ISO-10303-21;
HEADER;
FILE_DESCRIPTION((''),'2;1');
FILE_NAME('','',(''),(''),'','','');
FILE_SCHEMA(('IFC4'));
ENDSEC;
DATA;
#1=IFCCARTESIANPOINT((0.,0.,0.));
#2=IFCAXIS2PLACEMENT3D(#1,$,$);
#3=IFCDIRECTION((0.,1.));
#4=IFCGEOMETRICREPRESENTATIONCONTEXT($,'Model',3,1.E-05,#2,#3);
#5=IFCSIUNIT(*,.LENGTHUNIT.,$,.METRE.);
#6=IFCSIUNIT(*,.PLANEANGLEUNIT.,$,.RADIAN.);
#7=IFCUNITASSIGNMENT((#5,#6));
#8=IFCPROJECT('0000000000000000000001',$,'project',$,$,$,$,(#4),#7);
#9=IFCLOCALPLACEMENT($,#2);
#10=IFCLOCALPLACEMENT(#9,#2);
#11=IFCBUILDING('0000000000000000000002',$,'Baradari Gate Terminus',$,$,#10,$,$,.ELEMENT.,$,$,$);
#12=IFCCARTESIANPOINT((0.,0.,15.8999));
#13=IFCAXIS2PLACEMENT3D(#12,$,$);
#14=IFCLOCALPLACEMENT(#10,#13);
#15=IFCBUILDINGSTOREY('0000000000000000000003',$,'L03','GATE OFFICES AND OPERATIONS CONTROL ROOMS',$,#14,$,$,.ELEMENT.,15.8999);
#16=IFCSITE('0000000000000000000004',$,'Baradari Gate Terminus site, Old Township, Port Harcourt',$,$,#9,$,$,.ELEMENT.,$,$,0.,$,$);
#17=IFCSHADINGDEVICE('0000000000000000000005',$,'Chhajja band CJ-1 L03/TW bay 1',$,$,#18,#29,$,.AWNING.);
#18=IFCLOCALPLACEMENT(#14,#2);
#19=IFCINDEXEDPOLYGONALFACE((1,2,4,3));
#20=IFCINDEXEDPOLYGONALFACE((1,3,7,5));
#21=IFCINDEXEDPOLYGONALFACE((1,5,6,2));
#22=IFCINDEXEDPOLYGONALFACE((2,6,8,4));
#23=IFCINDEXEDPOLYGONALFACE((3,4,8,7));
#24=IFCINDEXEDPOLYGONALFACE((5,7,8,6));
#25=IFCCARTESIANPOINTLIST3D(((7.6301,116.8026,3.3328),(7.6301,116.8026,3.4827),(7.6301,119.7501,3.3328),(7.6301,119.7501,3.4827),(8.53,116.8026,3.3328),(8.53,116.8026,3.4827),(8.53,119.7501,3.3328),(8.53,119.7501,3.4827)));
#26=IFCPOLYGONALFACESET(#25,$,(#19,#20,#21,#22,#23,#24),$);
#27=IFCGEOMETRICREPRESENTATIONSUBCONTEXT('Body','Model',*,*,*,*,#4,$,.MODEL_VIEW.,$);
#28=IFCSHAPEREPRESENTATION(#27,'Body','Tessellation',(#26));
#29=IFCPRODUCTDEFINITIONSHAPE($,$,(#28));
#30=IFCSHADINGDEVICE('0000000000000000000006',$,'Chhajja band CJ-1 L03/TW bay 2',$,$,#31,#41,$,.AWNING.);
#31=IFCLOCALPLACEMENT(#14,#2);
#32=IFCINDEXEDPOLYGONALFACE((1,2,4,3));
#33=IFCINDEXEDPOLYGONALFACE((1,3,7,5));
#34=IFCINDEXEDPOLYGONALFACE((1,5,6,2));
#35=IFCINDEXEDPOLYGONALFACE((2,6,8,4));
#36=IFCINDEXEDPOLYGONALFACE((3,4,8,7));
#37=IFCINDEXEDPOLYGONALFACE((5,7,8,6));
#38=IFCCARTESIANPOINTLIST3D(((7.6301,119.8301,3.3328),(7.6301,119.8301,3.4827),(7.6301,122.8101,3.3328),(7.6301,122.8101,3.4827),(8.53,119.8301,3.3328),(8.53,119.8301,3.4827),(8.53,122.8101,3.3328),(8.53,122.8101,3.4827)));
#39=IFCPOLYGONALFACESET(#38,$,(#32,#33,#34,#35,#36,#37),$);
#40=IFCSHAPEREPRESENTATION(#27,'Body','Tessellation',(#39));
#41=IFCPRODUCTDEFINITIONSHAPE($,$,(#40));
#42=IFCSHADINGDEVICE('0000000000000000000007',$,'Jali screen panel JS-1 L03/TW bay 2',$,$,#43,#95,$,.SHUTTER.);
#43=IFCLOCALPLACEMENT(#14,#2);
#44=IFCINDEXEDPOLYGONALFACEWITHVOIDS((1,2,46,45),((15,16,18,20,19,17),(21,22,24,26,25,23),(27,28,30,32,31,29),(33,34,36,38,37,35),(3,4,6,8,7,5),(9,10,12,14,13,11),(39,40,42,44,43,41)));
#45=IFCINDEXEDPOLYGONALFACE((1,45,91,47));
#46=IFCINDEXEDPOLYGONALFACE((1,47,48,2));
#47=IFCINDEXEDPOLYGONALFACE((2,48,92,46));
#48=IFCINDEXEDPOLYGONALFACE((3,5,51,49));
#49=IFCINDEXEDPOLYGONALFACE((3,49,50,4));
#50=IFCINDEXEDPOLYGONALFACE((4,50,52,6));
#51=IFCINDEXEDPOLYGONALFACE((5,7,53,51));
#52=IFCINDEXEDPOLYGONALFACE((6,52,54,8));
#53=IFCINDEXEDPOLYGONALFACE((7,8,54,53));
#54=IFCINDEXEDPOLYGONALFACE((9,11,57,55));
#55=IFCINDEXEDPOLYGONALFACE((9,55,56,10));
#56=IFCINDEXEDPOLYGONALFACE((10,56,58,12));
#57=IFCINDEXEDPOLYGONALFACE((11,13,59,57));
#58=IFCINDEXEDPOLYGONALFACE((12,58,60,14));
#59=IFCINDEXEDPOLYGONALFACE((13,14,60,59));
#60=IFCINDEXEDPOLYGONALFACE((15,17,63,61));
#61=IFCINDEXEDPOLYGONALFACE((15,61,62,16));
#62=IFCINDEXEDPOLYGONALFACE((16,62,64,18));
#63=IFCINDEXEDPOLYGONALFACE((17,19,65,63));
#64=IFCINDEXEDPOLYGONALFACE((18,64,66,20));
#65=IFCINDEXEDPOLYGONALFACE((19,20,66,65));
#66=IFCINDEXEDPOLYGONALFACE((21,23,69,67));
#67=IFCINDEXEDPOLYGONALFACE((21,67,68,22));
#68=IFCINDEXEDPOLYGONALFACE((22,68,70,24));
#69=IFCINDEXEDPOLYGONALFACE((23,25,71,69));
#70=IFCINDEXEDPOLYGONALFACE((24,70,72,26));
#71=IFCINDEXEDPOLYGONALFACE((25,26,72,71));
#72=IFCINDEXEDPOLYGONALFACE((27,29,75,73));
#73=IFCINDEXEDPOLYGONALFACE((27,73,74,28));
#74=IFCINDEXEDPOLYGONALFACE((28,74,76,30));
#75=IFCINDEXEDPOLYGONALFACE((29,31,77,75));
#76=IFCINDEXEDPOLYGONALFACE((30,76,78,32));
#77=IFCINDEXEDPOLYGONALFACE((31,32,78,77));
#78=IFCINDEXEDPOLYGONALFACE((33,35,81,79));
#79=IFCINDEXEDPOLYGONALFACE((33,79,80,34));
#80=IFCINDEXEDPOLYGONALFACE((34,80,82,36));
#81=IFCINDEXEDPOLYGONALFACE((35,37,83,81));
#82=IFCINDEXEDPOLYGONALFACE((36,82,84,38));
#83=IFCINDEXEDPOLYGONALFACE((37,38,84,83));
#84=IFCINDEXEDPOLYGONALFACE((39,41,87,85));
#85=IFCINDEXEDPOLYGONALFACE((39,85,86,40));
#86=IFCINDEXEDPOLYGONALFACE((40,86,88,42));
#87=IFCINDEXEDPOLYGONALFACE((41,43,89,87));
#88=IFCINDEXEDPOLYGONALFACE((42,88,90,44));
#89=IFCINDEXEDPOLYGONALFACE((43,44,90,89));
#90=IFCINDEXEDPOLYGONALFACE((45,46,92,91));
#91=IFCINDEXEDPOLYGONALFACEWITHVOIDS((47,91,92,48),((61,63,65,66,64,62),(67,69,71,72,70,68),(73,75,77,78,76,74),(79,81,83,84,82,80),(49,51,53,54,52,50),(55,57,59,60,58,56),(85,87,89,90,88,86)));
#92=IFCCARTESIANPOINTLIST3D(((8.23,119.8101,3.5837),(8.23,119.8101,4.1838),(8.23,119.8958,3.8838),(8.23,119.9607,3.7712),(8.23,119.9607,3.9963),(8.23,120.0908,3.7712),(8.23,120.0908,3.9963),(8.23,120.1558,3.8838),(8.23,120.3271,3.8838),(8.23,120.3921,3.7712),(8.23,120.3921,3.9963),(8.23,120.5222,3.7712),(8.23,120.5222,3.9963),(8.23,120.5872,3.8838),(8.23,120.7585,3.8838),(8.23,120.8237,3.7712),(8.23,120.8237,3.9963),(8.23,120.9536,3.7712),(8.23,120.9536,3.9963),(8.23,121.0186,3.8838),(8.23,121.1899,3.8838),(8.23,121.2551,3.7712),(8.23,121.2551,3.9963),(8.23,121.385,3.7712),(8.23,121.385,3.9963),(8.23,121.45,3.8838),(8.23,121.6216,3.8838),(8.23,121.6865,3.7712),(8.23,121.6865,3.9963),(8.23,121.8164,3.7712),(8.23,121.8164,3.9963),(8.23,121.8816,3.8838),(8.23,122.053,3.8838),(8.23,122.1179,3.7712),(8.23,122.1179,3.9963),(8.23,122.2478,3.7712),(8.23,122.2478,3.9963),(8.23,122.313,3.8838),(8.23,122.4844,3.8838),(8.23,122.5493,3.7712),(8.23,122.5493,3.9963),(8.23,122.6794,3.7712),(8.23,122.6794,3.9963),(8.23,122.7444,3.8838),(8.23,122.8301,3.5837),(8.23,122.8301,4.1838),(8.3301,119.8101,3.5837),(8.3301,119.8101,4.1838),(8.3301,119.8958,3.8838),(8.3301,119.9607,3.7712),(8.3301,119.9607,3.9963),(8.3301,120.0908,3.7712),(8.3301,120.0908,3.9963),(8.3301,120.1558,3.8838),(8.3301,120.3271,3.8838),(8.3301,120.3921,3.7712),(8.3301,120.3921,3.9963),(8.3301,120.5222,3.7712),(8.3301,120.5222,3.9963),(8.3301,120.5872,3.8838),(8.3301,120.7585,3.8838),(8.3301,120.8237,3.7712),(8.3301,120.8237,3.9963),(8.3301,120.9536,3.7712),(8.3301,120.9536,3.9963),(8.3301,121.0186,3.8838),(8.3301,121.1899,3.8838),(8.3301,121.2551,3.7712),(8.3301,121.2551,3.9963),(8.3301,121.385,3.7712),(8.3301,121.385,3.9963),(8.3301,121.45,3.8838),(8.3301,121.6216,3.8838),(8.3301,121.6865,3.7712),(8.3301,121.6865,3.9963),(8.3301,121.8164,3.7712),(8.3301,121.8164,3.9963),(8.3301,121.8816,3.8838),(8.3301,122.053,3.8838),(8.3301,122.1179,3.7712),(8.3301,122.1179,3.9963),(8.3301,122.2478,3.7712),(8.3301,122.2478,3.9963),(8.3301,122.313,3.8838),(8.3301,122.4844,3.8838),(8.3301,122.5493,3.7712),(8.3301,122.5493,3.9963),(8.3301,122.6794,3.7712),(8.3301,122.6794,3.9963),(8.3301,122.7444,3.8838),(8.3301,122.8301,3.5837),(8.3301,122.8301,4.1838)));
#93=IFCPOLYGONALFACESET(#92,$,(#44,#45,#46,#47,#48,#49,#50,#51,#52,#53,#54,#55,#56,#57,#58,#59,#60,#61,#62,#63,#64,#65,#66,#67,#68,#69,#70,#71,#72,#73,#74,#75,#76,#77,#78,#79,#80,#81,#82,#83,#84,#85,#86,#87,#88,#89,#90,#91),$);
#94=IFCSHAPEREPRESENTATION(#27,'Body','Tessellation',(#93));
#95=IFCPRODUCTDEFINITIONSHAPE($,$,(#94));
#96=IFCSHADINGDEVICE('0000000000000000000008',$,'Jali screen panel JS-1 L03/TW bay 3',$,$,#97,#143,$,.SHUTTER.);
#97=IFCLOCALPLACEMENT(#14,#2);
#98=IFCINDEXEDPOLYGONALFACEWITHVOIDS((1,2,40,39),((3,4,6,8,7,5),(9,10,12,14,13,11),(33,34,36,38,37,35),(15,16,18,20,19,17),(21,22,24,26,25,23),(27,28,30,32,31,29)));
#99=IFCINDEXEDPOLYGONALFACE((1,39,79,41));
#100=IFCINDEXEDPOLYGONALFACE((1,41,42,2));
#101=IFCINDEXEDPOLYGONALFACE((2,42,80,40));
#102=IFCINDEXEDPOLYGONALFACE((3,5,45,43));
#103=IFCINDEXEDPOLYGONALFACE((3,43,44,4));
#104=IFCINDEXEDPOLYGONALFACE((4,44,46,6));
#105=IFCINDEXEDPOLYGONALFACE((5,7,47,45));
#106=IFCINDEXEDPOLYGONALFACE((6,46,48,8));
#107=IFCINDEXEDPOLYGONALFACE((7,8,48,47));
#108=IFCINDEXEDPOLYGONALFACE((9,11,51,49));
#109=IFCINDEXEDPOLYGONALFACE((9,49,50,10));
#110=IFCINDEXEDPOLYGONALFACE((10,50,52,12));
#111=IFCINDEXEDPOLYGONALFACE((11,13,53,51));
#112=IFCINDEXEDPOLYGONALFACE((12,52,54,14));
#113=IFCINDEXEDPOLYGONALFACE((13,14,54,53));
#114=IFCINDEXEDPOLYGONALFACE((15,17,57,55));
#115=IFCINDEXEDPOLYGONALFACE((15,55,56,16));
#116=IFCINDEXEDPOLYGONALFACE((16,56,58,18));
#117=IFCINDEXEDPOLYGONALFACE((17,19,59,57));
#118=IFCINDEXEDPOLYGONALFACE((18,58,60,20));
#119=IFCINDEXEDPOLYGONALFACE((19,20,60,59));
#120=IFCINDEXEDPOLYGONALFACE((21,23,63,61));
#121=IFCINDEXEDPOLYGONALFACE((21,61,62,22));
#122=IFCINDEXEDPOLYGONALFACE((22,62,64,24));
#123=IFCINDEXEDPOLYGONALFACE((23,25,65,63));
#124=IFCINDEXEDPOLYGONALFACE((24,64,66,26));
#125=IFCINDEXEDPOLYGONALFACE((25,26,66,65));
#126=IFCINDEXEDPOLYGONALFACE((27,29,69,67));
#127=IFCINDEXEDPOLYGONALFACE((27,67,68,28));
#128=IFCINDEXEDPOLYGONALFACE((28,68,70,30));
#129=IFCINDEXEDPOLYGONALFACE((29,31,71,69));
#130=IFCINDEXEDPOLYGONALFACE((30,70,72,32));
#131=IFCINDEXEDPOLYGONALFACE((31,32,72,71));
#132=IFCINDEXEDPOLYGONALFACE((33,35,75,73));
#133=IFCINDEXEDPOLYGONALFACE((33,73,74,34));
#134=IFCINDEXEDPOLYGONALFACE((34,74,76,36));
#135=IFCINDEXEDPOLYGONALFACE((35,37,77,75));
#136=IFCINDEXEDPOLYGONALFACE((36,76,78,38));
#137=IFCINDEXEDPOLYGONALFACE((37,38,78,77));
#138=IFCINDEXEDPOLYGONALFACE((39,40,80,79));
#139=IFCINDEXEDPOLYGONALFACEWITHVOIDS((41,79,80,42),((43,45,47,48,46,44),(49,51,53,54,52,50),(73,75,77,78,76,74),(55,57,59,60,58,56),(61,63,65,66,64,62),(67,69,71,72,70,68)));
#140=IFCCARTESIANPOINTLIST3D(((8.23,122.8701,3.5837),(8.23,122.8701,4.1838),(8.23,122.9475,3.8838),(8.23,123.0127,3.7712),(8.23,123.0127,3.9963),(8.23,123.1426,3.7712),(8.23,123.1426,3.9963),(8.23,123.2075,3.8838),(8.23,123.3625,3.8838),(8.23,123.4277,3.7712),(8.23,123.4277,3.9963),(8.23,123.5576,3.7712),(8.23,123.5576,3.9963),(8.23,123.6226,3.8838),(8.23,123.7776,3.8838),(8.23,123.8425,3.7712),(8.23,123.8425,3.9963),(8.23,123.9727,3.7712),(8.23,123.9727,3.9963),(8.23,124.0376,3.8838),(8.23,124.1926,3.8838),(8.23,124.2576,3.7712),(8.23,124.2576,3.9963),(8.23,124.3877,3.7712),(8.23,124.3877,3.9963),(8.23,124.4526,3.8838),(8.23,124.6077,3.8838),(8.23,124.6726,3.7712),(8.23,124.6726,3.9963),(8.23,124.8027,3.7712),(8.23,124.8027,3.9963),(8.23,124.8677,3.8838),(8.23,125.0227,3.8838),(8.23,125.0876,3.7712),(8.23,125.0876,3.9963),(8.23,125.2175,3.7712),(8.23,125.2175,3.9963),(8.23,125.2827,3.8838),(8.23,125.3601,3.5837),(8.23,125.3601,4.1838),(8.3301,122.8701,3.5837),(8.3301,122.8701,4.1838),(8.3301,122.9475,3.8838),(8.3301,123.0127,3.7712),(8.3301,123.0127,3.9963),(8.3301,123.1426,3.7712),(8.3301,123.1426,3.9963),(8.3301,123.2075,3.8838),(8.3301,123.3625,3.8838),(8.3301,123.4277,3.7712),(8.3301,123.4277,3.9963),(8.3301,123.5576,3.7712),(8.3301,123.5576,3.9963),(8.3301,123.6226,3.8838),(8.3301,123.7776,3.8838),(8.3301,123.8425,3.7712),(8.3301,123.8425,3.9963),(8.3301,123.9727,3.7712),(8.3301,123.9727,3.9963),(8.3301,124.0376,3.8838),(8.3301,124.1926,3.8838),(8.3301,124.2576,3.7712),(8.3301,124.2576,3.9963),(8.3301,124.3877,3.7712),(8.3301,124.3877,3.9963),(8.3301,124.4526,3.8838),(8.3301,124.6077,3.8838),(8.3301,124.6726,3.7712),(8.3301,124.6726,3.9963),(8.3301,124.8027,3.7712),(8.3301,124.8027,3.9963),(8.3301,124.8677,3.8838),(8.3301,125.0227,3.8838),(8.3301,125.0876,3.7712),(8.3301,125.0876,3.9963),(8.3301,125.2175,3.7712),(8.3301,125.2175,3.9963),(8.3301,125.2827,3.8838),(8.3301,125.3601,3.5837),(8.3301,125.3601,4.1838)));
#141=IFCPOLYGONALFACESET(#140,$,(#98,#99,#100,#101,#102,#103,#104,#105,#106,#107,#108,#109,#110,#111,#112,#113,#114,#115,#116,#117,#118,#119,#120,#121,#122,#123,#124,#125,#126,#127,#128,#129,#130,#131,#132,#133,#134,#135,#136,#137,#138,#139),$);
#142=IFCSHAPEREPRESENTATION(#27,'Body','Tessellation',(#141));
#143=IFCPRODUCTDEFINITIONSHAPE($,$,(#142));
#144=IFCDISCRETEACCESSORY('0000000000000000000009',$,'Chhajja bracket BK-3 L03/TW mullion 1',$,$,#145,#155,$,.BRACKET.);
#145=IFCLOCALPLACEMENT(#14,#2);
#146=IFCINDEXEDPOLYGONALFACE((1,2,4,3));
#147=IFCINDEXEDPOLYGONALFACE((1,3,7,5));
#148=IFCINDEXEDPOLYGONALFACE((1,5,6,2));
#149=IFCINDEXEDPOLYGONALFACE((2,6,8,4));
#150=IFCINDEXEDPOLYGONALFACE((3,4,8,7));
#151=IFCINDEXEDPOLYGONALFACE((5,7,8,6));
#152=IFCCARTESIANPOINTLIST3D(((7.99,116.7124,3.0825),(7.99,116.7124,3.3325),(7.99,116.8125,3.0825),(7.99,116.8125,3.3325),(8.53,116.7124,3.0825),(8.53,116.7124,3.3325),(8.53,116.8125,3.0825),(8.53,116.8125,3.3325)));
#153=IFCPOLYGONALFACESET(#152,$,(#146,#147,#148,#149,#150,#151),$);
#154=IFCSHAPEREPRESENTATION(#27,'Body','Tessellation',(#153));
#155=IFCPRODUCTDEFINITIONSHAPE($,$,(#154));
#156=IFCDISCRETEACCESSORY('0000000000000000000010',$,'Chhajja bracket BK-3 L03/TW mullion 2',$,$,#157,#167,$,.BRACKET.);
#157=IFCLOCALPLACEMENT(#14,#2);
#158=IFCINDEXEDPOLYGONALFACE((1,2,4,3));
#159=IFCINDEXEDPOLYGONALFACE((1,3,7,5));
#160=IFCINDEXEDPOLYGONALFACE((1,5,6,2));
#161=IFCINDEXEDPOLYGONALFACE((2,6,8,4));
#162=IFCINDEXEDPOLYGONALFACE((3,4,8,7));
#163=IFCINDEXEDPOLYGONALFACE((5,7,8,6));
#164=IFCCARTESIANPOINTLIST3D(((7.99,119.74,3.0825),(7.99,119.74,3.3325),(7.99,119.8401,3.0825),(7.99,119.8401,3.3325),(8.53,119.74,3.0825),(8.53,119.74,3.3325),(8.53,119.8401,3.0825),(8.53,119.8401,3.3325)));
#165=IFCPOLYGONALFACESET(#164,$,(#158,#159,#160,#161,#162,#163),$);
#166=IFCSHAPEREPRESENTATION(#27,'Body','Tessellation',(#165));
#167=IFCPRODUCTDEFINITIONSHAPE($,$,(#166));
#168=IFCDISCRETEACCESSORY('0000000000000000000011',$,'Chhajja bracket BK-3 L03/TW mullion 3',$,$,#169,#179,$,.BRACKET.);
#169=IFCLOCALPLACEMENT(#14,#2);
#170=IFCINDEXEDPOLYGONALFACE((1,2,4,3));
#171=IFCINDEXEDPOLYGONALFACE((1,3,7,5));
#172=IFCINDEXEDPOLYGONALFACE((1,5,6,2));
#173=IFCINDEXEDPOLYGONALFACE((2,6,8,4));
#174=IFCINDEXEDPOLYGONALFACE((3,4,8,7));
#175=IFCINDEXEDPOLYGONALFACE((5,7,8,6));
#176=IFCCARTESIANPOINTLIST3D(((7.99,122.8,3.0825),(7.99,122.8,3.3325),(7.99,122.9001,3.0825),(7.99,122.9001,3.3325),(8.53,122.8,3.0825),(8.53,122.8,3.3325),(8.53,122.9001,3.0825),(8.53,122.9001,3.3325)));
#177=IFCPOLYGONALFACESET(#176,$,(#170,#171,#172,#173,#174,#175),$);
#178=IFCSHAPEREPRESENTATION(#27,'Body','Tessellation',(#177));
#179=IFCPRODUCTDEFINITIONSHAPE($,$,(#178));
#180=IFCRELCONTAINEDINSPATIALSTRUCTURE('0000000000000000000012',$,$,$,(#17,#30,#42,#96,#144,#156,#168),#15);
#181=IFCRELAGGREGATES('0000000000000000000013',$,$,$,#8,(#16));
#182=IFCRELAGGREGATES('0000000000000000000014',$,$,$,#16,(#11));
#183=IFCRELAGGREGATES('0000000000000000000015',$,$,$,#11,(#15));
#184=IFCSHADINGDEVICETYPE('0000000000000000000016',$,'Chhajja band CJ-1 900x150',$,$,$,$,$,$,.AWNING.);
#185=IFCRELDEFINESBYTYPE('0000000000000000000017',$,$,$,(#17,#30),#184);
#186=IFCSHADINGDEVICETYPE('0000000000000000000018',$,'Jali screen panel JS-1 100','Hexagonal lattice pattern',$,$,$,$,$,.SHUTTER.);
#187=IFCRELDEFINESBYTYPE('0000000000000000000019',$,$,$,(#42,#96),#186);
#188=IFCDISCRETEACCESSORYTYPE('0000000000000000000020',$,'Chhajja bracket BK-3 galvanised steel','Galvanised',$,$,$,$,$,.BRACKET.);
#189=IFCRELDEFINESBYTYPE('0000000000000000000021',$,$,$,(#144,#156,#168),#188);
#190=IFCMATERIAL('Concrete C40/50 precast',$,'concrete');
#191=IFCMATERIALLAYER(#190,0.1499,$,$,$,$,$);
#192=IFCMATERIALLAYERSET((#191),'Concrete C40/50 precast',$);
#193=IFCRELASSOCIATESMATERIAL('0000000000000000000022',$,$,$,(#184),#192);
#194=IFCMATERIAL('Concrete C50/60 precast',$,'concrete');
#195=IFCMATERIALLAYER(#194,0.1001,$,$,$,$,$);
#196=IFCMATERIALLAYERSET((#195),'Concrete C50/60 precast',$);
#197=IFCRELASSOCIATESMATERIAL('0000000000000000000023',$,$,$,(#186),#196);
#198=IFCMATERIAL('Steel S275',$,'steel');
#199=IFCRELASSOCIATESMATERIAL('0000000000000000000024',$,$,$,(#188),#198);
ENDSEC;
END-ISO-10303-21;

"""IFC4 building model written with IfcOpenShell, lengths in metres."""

from ifc_helpers import new_model, si_unit, direction, frame, origin, origin_2d, place, context, subcontext, project, spatial, polyline, rectangle, outline, extrude, material, layer, layer_set, type_object, element, save


model = new_model("IFC4")

# Units and contexts
model_context = context("Model", 3, precision=1e-05, world=origin(), true_north=direction((0.0, 1.0)))
body_context = subcontext(model_context, "Body", "Model", "MODEL_VIEW")
ifc_project = project(units=[si_unit("LENGTHUNIT", "METRE"), si_unit("PLANEANGLEUNIT", "RADIAN")], contexts=[model_context])

# Site, building, storey
site_placement = place(None, origin())
site = spatial("IfcSite", under=ifc_project, at=site_placement, Name="Baradari Gate Terminus site, Old Township, Port Harcourt", CompositionType="ELEMENT", RefElevation=0.0)
building_placement = place(site_placement, origin())
building = spatial("IfcBuilding", under=site, at=building_placement, Name="Baradari Gate Terminus", CompositionType="ELEMENT")
storey_placement = place(building_placement, frame((0.0, 0.0, 15.8999)))
storey = spatial("IfcBuildingStorey", under=building, at=storey_placement, Name="L03", Description="GATE OFFICES AND OPERATIONS CONTROL ROOMS", CompositionType="ELEMENT", Elevation=15.8999)

# Shading devices
ifc_material_1 = material(Name="Concrete C40/50 precast", Category="concrete")
ifc_layer_1 = layer(ifc_material_1, 0.1499)
ifc_layer_set_1 = layer_set([ifc_layer_1], Name="Concrete C40/50 precast")
shading_device_type_1 = type_object("IfcShadingDeviceType", Name="Chhajja band CJ-1 900x150", PredefinedType="AWNING", material=ifc_layer_set_1)
shading_device_1_placement = place(storey_placement, frame((8.0801, 118.2764, 3.3328), z_axis=(0.0, 0.0, 1.0), x_axis=(0.0, 1.0, 0.0)))
element("IfcShadingDevice", 1, at=shading_device_1_placement, inside=storey, type_object=shading_device_type_1, Name="Chhajja band CJ-1 L03/TW bay 1", PredefinedType="AWNING", context=body_context, shape_type="SweptSolid", body=[
    extrude(rectangle(XDim=2.9475, YDim=0.8999, at=origin_2d()), origin(), (0.0, 0.0, 1.0), 0.1499),
])
shading_device_2_placement = place(storey_placement, frame((8.0801, 121.3201, 3.3328), z_axis=(0.0, 0.0, 1.0), x_axis=(0.0, 1.0, 0.0)))
element("IfcShadingDevice", 2, at=shading_device_2_placement, inside=storey, type_object=shading_device_type_1, Name="Chhajja band CJ-1 L03/TW bay 2", PredefinedType="AWNING", context=body_context, shape_type="SweptSolid", body=[
    extrude(rectangle(XDim=2.98, YDim=0.8999, at=origin_2d()), origin(), (0.0, 0.0, 1.0), 0.1499),
])
ifc_material_2 = material(Name="Concrete C50/60 precast", Category="concrete")
ifc_layer_2 = layer(ifc_material_2, 0.1001)
ifc_layer_set_2 = layer_set([ifc_layer_2], Name="Concrete C50/60 precast")
shading_device_type_2 = type_object("IfcShadingDeviceType", Name="Jali screen panel JS-1 100", Description="Hexagonal lattice pattern", PredefinedType="SHUTTER", material=ifc_layer_set_2)
shading_device_3_placement = place(storey_placement, frame((8.28, 119.8101, 3.5837), z_axis=(0.0, 0.0, 1.0), x_axis=(0.0, 1.0, 0.0)))
element("IfcShadingDevice", 3, at=shading_device_3_placement, inside=storey, type_object=shading_device_type_2, Name="Jali screen panel JS-1 L03/TW bay 2", PredefinedType="SHUTTER", context=body_context, shape_type="SweptSolid", body=[
    extrude(outline(polyline([(0.0, 0.0), (3.02, 0.0), (3.02, 0.6001), (0.0, 0.6001), (0.0, 0.0)]), holes=[polyline([(0.3457, 0.3), (0.2808, 0.1875), (0.1506, 0.1875), (0.0857, 0.3), (0.1506, 0.4126), (0.2808, 0.4126), (0.3457, 0.3)]), polyline([(0.7771, 0.3), (0.7122, 0.1875), (0.582, 0.1875), (0.5171, 0.3), (0.582, 0.4126), (0.7122, 0.4126), (0.7771, 0.3)]), polyline([(1.2085, 0.3), (1.1436, 0.1875), (1.0137, 0.1875), (0.9485, 0.3), (1.0137, 0.4126), (1.1436, 0.4126), (1.2085, 0.3)]), polyline([(1.6399, 0.3), (1.575, 0.1875), (1.4451, 0.1875), (1.3799, 0.3), (1.4451, 0.4126), (1.575, 0.4126), (1.6399, 0.3)]), polyline([(2.0715, 0.3), (2.0063, 0.1875), (1.8765, 0.1875), (1.8115, 0.3), (1.8765, 0.4126), (2.0063, 0.4126), (2.0715, 0.3)]), polyline([(2.5029, 0.3), (2.4377, 0.1875), (2.3079, 0.1875), (2.2429, 0.3), (2.3079, 0.4126), (2.4377, 0.4126), (2.5029, 0.3)]), polyline([(2.9343, 0.3), (2.8694, 0.1875), (2.7393, 0.1875), (2.6743, 0.3), (2.7393, 0.4126), (2.8694, 0.4126), (2.9343, 0.3)])]), frame((0.0, 0.05, 0.0), z_axis=(0.0, -1.0, 0.0), x_axis=(1.0, 0.0, 0.0)), (0.0, 0.0, 1.0), 0.1001),
])
shading_device_4_placement = place(storey_placement, frame((8.28, 122.8701, 3.5837), z_axis=(0.0, 0.0, 1.0), x_axis=(0.0, 1.0, 0.0)))
element("IfcShadingDevice", 4, at=shading_device_4_placement, inside=storey, type_object=shading_device_type_2, Name="Jali screen panel JS-1 L03/TW bay 3", PredefinedType="SHUTTER", context=body_context, shape_type="SweptSolid", body=[
    extrude(outline(polyline([(0.0, 0.0), (2.49, 0.0), (2.49, 0.6001), (0.0, 0.6001), (0.0, 0.0)]), holes=[polyline([(0.3374, 0.3), (0.2725, 0.1875), (0.1426, 0.1875), (0.0774, 0.3), (0.1426, 0.4126), (0.2725, 0.4126), (0.3374, 0.3)]), polyline([(0.7524, 0.3), (0.6875, 0.1875), (0.5576, 0.1875), (0.4924, 0.3), (0.5576, 0.4126), (0.6875, 0.4126), (0.7524, 0.3)]), polyline([(1.1675, 0.3), (1.1025, 0.1875), (0.9724, 0.1875), (0.9075, 0.3), (0.9724, 0.4126), (1.1025, 0.4126), (1.1675, 0.3)]), polyline([(1.5825, 0.3), (1.5176, 0.1875), (1.3875, 0.1875), (1.3225, 0.3), (1.3875, 0.4126), (1.5176, 0.4126), (1.5825, 0.3)]), polyline([(1.9976, 0.3), (1.9326, 0.1875), (1.8025, 0.1875), (1.7375, 0.3), (1.8025, 0.4126), (1.9326, 0.4126), (1.9976, 0.3)]), polyline([(2.4126, 0.3), (2.3474, 0.1875), (2.2175, 0.1875), (2.1526, 0.3), (2.2175, 0.4126), (2.3474, 0.4126), (2.4126, 0.3)])]), frame((0.0, 0.05, 0.0), z_axis=(0.0, -1.0, 0.0), x_axis=(1.0, 0.0, 0.0)), (0.0, 0.0, 1.0), 0.1001),
])

# Discrete accessories
ifc_material_3 = material(Name="Steel S275", Category="steel")
discrete_accessory_type_1 = type_object("IfcDiscreteAccessoryType", Name="Chhajja bracket BK-3 galvanised steel", Description="Galvanised", PredefinedType="BRACKET", material=ifc_material_3)
for number, where, z_axis, x_axis, name in (
    (5, (8.26, 116.7625, 3.0825), (0.0, 0.0, 1.0), (-1.0, 0.0, 0.0), "Chhajja bracket BK-3 L03/TW mullion 1"),
    (6, (8.26, 119.79, 3.0825), (0.0, 0.0, 1.0), (-1.0, 0.0, 0.0), "Chhajja bracket BK-3 L03/TW mullion 2"),
    (7, (8.26, 122.8501, 3.0825), (0.0, 0.0, 1.0), (-1.0, 0.0, 0.0), "Chhajja bracket BK-3 L03/TW mullion 3"),
):
    element("IfcDiscreteAccessory", number, at=place(storey_placement, frame(where, z_axis=z_axis, x_axis=x_axis)), inside=storey, type_object=discrete_accessory_type_1, Name=name, PredefinedType="BRACKET", context=body_context, shape_type="SweptSolid", body=[
        extrude(rectangle(XDim=0.54, YDim=0.1001, at=origin_2d()), origin(), (0.0, 0.0, 1.0), 0.25),
    ])

save(model, "model.ifc")
